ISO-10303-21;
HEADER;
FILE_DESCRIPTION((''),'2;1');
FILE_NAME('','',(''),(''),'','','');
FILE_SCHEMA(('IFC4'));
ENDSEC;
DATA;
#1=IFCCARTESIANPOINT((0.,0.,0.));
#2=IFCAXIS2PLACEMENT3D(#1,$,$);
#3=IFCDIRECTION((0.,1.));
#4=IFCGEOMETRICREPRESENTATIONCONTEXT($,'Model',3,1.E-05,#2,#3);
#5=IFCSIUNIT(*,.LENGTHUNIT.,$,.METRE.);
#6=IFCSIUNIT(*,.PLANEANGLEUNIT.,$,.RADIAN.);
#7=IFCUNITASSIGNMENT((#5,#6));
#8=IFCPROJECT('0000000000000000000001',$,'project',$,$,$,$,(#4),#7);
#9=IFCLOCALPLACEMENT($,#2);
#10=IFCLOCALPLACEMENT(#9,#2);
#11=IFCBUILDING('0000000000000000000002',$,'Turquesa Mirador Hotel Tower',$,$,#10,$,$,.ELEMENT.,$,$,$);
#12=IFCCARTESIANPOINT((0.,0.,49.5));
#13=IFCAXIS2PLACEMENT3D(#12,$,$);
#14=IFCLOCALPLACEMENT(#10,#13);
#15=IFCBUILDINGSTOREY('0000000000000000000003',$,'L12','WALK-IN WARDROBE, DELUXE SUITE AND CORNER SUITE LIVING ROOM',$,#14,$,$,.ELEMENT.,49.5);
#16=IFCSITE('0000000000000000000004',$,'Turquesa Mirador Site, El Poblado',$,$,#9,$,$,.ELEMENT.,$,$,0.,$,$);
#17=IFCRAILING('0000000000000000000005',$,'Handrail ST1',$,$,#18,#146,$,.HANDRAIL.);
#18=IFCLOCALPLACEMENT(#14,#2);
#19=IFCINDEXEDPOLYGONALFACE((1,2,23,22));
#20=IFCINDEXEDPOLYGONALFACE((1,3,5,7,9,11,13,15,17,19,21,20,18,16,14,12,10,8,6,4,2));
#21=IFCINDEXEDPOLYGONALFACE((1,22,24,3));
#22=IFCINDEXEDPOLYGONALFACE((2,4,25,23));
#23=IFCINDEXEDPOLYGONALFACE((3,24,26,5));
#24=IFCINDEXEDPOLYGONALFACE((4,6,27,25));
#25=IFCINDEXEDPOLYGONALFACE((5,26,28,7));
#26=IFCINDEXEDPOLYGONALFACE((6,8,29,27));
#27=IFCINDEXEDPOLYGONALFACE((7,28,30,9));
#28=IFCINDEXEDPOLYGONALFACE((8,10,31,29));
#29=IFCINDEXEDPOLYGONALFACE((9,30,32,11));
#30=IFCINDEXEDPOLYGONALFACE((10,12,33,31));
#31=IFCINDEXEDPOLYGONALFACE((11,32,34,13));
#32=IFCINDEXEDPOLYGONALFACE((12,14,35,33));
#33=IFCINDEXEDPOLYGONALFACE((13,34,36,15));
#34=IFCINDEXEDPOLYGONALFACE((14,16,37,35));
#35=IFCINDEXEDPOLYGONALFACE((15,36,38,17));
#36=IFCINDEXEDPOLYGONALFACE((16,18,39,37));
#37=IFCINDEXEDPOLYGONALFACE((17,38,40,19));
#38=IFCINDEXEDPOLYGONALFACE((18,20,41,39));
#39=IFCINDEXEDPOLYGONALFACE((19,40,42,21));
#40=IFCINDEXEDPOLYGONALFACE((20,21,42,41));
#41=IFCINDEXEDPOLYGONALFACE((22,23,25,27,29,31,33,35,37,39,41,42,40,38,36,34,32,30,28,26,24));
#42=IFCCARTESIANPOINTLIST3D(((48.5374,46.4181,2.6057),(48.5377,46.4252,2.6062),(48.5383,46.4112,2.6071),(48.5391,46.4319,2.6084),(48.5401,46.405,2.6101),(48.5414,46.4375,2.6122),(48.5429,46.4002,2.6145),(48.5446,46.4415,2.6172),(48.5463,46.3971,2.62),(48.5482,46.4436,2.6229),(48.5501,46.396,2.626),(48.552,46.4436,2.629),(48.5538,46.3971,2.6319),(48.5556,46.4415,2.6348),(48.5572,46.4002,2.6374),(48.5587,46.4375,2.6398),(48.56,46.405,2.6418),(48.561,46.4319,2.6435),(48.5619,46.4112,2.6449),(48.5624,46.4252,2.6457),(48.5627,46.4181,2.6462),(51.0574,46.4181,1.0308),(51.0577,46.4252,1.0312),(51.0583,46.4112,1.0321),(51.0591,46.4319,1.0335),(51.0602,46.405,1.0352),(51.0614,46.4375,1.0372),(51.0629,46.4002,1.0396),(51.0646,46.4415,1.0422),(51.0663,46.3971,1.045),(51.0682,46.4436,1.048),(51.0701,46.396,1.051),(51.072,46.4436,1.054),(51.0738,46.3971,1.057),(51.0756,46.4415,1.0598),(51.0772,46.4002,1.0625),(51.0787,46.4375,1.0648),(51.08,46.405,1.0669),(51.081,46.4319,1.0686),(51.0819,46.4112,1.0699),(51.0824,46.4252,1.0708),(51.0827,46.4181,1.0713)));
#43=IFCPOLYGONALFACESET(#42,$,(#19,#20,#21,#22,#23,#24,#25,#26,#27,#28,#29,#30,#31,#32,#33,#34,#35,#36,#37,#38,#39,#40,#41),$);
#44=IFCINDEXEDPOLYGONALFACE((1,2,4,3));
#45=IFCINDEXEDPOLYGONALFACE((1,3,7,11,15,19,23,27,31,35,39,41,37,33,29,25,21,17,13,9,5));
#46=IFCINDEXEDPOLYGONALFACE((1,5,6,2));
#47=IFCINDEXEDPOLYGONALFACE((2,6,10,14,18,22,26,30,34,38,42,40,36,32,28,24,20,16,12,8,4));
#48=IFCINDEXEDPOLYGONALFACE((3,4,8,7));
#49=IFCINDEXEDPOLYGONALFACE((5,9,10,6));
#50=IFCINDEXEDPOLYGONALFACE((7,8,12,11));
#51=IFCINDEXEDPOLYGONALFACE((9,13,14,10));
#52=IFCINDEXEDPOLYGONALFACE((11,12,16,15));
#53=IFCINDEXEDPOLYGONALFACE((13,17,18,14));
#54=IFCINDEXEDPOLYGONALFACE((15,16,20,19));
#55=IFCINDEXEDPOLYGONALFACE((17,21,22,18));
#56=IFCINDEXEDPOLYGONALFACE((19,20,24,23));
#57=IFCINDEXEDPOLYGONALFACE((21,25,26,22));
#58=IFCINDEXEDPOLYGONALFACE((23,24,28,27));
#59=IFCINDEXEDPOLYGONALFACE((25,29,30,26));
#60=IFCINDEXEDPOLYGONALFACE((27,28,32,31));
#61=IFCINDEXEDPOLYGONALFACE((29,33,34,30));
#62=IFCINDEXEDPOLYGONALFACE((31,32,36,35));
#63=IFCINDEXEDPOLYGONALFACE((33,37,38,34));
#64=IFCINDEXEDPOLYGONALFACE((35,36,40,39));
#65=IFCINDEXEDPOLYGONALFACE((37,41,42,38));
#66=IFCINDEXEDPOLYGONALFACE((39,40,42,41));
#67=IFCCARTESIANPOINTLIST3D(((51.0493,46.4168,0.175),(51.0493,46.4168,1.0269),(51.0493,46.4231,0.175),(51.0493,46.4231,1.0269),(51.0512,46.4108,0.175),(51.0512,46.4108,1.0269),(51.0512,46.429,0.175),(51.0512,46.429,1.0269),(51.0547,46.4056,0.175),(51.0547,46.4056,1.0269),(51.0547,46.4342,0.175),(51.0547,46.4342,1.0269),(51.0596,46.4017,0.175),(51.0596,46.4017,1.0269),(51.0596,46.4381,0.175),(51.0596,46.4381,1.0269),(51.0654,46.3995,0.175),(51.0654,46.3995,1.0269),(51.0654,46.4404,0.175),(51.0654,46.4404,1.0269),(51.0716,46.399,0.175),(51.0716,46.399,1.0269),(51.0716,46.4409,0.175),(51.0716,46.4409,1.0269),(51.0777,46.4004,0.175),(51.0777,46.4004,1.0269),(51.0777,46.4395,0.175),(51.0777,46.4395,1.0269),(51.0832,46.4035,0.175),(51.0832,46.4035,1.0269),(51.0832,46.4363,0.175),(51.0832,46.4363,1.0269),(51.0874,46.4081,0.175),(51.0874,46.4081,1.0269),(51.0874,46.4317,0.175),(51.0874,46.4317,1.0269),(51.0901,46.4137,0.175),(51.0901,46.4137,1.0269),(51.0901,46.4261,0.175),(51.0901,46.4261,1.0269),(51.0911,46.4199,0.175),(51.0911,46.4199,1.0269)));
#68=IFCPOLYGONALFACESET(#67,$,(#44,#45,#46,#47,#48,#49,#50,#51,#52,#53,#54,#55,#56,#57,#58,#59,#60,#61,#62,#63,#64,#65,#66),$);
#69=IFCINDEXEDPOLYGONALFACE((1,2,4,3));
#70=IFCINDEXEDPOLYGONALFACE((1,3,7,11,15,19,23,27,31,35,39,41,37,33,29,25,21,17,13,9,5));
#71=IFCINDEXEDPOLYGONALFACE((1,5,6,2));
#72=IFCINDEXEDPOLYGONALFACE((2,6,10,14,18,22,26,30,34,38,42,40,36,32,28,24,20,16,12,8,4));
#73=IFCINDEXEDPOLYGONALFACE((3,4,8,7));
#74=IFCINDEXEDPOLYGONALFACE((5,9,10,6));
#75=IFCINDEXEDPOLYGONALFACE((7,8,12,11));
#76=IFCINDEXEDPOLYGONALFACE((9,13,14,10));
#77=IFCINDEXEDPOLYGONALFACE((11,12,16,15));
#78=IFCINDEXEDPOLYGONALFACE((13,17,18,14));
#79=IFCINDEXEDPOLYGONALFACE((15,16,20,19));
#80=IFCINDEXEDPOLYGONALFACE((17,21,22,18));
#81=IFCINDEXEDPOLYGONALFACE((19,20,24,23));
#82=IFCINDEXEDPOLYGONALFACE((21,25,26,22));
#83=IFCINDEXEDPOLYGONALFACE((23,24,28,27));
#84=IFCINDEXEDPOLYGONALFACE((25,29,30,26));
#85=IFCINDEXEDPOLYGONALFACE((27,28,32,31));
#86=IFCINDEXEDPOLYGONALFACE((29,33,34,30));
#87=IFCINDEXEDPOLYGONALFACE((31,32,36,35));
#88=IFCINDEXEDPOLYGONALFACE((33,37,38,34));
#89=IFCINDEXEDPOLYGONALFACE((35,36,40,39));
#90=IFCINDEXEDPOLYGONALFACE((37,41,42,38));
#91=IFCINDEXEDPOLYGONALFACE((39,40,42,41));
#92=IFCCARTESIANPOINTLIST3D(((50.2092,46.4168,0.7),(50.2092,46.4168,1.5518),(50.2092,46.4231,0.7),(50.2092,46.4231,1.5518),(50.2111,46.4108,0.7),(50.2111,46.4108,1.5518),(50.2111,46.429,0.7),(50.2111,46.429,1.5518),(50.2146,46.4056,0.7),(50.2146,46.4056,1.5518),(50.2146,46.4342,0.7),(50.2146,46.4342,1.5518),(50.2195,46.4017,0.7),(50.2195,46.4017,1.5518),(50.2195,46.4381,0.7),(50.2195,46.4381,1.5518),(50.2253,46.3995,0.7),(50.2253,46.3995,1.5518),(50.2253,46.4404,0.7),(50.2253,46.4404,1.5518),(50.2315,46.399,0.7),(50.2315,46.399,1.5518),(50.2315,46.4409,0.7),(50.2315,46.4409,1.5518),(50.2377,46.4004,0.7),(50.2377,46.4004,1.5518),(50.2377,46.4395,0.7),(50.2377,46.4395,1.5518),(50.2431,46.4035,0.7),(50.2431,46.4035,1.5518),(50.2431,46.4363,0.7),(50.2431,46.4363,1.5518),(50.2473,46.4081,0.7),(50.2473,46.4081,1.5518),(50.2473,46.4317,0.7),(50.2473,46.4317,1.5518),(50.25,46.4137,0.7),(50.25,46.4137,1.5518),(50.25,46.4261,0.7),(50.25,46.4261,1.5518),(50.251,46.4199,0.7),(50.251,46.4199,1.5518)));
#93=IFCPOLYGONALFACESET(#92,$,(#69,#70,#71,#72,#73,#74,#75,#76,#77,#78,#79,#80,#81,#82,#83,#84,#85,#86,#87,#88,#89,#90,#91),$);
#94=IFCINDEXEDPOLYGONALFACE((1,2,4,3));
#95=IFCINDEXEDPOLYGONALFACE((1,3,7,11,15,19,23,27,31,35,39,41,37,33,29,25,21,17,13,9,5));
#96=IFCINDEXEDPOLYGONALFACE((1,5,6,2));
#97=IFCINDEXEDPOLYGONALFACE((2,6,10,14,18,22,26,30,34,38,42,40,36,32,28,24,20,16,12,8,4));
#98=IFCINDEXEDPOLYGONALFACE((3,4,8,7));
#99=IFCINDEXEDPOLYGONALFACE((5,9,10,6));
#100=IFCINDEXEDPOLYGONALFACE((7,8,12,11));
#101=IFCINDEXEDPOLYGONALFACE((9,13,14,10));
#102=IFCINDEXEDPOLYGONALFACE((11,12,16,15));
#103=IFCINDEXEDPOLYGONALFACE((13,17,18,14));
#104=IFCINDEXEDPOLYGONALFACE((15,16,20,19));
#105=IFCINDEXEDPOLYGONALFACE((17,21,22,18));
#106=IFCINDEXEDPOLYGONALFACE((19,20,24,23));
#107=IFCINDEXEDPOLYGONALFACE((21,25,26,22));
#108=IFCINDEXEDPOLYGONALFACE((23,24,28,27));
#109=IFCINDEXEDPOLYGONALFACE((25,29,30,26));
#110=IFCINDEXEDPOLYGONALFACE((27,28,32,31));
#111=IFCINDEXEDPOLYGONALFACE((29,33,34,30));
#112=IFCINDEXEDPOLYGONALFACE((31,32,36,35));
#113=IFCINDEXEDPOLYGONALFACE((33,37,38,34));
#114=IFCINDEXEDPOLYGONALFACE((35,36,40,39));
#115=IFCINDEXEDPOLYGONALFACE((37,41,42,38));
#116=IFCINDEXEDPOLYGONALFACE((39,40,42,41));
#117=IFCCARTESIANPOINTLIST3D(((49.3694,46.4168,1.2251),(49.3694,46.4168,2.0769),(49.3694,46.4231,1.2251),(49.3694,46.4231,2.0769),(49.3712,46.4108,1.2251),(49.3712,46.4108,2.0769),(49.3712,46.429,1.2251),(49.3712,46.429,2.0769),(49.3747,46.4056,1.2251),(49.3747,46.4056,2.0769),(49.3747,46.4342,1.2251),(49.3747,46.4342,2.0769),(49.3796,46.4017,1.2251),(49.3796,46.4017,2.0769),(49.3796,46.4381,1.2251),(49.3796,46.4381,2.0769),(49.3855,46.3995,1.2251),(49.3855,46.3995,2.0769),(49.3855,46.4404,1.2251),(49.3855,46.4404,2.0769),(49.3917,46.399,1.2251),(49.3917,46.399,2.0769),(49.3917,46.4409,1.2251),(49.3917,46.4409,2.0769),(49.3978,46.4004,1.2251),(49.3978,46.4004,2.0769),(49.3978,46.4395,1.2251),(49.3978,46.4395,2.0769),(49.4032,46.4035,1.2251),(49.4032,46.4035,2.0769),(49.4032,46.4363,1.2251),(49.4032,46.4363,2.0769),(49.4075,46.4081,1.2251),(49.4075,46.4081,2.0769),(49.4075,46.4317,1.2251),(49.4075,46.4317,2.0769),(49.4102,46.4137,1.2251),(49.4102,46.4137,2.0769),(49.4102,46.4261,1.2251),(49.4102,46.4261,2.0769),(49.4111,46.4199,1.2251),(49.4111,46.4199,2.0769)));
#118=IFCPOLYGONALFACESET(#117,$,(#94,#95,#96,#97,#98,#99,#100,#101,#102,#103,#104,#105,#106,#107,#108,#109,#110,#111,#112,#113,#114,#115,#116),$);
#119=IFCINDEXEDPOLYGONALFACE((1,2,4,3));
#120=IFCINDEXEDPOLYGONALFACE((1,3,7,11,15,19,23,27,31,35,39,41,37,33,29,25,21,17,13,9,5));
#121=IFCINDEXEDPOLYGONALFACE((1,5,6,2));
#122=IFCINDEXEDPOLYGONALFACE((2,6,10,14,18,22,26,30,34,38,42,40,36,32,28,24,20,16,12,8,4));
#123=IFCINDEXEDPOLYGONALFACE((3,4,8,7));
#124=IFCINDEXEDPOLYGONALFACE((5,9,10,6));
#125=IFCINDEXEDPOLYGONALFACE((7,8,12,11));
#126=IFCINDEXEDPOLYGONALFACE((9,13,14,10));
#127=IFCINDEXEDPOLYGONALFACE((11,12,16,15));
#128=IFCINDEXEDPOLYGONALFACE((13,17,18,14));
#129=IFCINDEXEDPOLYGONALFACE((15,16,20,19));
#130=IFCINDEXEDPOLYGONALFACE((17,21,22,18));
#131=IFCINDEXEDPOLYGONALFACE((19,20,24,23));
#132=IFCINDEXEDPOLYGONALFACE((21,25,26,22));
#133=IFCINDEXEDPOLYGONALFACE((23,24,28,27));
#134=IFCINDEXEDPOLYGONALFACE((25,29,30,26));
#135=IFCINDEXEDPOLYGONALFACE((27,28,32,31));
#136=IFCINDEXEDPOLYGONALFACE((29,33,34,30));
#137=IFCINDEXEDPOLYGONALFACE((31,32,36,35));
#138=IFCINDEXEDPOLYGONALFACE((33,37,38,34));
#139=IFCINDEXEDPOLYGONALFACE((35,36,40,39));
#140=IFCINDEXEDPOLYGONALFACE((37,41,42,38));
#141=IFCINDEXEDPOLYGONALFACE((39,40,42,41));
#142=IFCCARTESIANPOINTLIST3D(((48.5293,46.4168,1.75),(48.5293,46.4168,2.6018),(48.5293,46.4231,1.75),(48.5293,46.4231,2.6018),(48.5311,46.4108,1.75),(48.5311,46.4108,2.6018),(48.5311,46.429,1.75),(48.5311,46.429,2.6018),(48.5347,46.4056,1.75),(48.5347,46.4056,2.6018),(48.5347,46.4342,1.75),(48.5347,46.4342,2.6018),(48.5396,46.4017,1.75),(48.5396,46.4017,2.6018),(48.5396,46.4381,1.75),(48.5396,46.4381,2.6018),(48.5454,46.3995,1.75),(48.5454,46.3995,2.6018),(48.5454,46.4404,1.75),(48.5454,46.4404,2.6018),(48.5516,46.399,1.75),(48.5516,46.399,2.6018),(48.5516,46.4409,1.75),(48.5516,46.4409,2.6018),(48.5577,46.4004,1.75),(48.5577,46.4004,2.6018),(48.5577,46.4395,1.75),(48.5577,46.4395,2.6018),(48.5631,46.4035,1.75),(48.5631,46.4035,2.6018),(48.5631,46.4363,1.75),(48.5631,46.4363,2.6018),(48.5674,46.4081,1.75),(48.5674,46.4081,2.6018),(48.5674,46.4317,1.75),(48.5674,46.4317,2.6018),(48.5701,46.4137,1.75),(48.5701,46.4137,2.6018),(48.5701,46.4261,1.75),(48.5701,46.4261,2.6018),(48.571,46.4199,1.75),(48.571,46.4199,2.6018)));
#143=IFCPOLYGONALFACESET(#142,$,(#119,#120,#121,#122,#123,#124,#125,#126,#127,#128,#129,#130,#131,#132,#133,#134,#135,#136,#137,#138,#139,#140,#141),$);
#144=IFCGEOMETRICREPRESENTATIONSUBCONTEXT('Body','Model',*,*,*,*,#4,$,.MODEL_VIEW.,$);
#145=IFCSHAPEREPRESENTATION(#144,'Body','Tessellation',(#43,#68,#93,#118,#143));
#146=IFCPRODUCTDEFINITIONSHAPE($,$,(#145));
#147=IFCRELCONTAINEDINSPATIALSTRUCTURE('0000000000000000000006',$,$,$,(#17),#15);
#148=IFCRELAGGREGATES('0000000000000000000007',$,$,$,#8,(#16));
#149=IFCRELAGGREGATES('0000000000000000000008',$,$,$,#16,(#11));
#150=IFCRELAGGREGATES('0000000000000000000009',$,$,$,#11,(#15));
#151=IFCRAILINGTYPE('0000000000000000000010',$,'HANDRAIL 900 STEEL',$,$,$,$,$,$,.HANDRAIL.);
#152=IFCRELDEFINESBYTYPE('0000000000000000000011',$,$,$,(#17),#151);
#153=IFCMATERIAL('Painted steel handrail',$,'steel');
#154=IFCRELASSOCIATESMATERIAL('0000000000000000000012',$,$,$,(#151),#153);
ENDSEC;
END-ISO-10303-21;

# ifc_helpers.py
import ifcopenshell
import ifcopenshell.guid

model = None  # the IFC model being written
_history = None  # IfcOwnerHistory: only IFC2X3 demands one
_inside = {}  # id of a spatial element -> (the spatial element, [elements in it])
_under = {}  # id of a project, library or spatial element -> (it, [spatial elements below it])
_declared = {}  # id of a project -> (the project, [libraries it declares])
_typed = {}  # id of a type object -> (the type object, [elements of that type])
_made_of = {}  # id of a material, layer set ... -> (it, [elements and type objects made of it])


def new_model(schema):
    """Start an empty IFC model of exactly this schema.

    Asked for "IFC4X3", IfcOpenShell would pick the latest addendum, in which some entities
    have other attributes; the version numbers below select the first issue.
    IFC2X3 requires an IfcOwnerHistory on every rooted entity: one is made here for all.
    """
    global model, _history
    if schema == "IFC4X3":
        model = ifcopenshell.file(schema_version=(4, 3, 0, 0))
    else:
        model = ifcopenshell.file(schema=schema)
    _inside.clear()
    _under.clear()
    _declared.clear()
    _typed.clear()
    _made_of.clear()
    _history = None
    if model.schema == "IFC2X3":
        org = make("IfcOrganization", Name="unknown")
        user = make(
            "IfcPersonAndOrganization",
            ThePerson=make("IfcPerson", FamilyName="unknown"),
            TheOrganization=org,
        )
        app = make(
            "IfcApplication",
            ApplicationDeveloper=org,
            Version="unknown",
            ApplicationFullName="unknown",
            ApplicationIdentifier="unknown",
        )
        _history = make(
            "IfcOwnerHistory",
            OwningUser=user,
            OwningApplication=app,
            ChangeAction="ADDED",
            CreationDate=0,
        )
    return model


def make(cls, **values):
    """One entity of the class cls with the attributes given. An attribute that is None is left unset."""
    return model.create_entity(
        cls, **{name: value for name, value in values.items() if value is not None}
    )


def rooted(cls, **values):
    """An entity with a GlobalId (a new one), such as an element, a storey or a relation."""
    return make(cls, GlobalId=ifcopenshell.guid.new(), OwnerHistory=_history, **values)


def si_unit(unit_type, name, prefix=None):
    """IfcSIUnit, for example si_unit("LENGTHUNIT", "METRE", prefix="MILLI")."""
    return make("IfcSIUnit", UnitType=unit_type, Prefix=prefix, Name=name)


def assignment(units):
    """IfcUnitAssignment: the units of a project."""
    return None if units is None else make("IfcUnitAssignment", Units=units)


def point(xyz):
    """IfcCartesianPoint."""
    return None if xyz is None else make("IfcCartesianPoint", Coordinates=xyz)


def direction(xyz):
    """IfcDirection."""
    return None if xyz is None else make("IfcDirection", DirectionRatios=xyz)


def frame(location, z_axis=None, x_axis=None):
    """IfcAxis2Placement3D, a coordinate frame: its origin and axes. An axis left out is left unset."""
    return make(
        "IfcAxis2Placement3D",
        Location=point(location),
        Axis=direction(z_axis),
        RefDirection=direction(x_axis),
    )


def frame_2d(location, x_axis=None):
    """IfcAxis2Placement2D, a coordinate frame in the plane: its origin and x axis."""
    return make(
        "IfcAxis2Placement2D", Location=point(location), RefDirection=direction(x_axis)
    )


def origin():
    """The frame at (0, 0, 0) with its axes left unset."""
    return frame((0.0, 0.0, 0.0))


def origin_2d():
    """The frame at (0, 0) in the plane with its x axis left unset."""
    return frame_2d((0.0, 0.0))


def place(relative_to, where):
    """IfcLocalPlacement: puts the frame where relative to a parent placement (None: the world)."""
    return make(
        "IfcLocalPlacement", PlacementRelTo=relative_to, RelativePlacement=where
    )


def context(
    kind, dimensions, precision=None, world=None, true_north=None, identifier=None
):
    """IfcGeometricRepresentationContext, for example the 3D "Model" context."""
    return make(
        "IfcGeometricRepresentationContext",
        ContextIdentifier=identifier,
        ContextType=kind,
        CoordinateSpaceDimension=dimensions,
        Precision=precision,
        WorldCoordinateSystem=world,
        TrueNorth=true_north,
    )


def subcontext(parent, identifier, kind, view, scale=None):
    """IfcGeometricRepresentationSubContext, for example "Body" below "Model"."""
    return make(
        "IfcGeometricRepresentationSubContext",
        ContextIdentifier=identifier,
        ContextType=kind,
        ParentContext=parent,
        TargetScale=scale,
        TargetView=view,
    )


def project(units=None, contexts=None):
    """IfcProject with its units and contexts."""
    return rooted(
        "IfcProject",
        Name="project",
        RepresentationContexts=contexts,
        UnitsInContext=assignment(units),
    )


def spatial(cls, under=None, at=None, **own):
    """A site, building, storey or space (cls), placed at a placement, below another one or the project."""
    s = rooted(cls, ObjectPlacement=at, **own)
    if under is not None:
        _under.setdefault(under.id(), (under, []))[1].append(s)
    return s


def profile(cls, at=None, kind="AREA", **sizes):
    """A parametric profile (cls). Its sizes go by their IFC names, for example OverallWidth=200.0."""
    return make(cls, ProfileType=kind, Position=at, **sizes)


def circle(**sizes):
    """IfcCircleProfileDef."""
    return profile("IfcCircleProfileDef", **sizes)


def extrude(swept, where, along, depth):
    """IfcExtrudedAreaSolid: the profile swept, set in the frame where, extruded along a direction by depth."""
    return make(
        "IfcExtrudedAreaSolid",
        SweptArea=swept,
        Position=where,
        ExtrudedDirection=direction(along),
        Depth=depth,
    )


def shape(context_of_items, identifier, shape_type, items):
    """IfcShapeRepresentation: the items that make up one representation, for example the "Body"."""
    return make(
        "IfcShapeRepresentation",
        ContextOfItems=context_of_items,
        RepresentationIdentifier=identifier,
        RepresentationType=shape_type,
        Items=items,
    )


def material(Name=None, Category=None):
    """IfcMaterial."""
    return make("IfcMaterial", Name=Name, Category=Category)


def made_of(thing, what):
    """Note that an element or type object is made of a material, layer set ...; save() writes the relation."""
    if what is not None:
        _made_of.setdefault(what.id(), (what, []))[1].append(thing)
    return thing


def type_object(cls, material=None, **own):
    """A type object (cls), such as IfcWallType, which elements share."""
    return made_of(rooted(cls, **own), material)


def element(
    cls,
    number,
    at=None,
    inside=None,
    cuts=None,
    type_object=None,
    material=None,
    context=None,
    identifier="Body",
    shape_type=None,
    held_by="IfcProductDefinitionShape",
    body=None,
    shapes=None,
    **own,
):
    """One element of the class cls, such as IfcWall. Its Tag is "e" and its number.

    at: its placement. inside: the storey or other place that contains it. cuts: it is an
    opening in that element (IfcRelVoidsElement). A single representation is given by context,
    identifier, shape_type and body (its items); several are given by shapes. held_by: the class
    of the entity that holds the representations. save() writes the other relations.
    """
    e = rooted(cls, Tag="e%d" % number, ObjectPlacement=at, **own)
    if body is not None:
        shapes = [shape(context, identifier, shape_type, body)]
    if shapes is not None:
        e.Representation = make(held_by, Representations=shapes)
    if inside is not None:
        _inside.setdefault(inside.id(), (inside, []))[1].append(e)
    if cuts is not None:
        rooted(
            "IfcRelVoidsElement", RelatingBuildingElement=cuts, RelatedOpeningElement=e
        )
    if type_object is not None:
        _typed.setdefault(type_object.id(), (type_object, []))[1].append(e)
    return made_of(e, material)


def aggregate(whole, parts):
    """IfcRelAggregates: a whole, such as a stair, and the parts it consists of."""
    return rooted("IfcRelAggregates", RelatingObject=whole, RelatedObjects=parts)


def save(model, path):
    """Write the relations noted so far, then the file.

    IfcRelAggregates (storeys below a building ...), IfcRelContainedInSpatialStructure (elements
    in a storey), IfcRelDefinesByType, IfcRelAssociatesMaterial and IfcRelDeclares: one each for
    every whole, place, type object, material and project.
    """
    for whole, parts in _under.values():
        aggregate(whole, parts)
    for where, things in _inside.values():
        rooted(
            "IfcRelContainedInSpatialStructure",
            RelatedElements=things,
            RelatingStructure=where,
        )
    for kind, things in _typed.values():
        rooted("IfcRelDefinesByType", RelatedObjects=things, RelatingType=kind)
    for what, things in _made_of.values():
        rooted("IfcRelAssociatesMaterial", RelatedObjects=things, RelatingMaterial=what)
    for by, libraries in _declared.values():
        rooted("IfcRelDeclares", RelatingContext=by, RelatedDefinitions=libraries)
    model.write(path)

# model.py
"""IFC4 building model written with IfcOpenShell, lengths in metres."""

from ifc_helpers import new_model, si_unit, direction, frame, origin, origin_2d, place, context, subcontext, project, spatial, circle, extrude, material, type_object, element, save


model = new_model("IFC4")

# Units and contexts
model_context = context("Model", 3, precision=1e-05, world=origin(), true_north=direction((0.0, 1.0)))
body_context = subcontext(model_context, "Body", "Model", "MODEL_VIEW")
ifc_project = project(units=[si_unit("LENGTHUNIT", "METRE"), si_unit("PLANEANGLEUNIT", "RADIAN")], contexts=[model_context])

# Site, building, storey
site_placement = place(None, origin())
site = spatial("IfcSite", under=ifc_project, at=site_placement, Name="Turquesa Mirador Site, El Poblado", CompositionType="ELEMENT", RefElevation=0.0)
building_placement = place(site_placement, origin())
building = spatial("IfcBuilding", under=site, at=building_placement, Name="Turquesa Mirador Hotel Tower", CompositionType="ELEMENT")
storey_placement = place(building_placement, frame((0.0, 0.0, 49.5)))
storey = spatial("IfcBuildingStorey", under=building, at=storey_placement, Name="L12", Description="WALK-IN WARDROBE, DELUXE SUITE AND CORNER SUITE LIVING ROOM", CompositionType="ELEMENT", Elevation=49.5)

# Railing
ifc_material_1 = material(Name="Painted steel handrail", Category="steel")
railing_type = type_object("IfcRailingType", Name="HANDRAIL 900 STEEL", PredefinedType="HANDRAIL", material=ifc_material_1)
railing_1_placement = place(storey_placement, frame((51.0701, 46.4199, 0.175)))
element("IfcRailing", 1, at=railing_1_placement, inside=storey, type_object=railing_type, Name="Handrail ST1", PredefinedType="HANDRAIL", context=body_context, shape_type="SweptSolid", body=[
    extrude(circle(Radius=0.0239, at=origin_2d()), frame((0.0, 0.0, 0.876), z_axis=(-0.848008, 0.0, 0.529984), x_axis=(0.0, -1.0, 0.0)), (0.0, 0.0, 1.0), 2.9717),
    extrude(circle(Radius=0.021, at=origin_2d()), origin(), (0.0, 0.0, 1.0), 0.8518),
    extrude(circle(Radius=0.021, at=origin_2d()), frame((-0.8401, 0.0, 0.5249)), (0.0, 0.0, 1.0), 0.8518),
    extrude(circle(Radius=0.021, at=origin_2d()), frame((-1.6799, 0.0, 1.05)), (0.0, 0.0, 1.0), 0.8518),
    extrude(circle(Radius=0.021, at=origin_2d()), frame((-2.52, 0.0, 1.575)), (0.0, 0.0, 1.0), 0.8518),
])

save(model, "model.ifc")
